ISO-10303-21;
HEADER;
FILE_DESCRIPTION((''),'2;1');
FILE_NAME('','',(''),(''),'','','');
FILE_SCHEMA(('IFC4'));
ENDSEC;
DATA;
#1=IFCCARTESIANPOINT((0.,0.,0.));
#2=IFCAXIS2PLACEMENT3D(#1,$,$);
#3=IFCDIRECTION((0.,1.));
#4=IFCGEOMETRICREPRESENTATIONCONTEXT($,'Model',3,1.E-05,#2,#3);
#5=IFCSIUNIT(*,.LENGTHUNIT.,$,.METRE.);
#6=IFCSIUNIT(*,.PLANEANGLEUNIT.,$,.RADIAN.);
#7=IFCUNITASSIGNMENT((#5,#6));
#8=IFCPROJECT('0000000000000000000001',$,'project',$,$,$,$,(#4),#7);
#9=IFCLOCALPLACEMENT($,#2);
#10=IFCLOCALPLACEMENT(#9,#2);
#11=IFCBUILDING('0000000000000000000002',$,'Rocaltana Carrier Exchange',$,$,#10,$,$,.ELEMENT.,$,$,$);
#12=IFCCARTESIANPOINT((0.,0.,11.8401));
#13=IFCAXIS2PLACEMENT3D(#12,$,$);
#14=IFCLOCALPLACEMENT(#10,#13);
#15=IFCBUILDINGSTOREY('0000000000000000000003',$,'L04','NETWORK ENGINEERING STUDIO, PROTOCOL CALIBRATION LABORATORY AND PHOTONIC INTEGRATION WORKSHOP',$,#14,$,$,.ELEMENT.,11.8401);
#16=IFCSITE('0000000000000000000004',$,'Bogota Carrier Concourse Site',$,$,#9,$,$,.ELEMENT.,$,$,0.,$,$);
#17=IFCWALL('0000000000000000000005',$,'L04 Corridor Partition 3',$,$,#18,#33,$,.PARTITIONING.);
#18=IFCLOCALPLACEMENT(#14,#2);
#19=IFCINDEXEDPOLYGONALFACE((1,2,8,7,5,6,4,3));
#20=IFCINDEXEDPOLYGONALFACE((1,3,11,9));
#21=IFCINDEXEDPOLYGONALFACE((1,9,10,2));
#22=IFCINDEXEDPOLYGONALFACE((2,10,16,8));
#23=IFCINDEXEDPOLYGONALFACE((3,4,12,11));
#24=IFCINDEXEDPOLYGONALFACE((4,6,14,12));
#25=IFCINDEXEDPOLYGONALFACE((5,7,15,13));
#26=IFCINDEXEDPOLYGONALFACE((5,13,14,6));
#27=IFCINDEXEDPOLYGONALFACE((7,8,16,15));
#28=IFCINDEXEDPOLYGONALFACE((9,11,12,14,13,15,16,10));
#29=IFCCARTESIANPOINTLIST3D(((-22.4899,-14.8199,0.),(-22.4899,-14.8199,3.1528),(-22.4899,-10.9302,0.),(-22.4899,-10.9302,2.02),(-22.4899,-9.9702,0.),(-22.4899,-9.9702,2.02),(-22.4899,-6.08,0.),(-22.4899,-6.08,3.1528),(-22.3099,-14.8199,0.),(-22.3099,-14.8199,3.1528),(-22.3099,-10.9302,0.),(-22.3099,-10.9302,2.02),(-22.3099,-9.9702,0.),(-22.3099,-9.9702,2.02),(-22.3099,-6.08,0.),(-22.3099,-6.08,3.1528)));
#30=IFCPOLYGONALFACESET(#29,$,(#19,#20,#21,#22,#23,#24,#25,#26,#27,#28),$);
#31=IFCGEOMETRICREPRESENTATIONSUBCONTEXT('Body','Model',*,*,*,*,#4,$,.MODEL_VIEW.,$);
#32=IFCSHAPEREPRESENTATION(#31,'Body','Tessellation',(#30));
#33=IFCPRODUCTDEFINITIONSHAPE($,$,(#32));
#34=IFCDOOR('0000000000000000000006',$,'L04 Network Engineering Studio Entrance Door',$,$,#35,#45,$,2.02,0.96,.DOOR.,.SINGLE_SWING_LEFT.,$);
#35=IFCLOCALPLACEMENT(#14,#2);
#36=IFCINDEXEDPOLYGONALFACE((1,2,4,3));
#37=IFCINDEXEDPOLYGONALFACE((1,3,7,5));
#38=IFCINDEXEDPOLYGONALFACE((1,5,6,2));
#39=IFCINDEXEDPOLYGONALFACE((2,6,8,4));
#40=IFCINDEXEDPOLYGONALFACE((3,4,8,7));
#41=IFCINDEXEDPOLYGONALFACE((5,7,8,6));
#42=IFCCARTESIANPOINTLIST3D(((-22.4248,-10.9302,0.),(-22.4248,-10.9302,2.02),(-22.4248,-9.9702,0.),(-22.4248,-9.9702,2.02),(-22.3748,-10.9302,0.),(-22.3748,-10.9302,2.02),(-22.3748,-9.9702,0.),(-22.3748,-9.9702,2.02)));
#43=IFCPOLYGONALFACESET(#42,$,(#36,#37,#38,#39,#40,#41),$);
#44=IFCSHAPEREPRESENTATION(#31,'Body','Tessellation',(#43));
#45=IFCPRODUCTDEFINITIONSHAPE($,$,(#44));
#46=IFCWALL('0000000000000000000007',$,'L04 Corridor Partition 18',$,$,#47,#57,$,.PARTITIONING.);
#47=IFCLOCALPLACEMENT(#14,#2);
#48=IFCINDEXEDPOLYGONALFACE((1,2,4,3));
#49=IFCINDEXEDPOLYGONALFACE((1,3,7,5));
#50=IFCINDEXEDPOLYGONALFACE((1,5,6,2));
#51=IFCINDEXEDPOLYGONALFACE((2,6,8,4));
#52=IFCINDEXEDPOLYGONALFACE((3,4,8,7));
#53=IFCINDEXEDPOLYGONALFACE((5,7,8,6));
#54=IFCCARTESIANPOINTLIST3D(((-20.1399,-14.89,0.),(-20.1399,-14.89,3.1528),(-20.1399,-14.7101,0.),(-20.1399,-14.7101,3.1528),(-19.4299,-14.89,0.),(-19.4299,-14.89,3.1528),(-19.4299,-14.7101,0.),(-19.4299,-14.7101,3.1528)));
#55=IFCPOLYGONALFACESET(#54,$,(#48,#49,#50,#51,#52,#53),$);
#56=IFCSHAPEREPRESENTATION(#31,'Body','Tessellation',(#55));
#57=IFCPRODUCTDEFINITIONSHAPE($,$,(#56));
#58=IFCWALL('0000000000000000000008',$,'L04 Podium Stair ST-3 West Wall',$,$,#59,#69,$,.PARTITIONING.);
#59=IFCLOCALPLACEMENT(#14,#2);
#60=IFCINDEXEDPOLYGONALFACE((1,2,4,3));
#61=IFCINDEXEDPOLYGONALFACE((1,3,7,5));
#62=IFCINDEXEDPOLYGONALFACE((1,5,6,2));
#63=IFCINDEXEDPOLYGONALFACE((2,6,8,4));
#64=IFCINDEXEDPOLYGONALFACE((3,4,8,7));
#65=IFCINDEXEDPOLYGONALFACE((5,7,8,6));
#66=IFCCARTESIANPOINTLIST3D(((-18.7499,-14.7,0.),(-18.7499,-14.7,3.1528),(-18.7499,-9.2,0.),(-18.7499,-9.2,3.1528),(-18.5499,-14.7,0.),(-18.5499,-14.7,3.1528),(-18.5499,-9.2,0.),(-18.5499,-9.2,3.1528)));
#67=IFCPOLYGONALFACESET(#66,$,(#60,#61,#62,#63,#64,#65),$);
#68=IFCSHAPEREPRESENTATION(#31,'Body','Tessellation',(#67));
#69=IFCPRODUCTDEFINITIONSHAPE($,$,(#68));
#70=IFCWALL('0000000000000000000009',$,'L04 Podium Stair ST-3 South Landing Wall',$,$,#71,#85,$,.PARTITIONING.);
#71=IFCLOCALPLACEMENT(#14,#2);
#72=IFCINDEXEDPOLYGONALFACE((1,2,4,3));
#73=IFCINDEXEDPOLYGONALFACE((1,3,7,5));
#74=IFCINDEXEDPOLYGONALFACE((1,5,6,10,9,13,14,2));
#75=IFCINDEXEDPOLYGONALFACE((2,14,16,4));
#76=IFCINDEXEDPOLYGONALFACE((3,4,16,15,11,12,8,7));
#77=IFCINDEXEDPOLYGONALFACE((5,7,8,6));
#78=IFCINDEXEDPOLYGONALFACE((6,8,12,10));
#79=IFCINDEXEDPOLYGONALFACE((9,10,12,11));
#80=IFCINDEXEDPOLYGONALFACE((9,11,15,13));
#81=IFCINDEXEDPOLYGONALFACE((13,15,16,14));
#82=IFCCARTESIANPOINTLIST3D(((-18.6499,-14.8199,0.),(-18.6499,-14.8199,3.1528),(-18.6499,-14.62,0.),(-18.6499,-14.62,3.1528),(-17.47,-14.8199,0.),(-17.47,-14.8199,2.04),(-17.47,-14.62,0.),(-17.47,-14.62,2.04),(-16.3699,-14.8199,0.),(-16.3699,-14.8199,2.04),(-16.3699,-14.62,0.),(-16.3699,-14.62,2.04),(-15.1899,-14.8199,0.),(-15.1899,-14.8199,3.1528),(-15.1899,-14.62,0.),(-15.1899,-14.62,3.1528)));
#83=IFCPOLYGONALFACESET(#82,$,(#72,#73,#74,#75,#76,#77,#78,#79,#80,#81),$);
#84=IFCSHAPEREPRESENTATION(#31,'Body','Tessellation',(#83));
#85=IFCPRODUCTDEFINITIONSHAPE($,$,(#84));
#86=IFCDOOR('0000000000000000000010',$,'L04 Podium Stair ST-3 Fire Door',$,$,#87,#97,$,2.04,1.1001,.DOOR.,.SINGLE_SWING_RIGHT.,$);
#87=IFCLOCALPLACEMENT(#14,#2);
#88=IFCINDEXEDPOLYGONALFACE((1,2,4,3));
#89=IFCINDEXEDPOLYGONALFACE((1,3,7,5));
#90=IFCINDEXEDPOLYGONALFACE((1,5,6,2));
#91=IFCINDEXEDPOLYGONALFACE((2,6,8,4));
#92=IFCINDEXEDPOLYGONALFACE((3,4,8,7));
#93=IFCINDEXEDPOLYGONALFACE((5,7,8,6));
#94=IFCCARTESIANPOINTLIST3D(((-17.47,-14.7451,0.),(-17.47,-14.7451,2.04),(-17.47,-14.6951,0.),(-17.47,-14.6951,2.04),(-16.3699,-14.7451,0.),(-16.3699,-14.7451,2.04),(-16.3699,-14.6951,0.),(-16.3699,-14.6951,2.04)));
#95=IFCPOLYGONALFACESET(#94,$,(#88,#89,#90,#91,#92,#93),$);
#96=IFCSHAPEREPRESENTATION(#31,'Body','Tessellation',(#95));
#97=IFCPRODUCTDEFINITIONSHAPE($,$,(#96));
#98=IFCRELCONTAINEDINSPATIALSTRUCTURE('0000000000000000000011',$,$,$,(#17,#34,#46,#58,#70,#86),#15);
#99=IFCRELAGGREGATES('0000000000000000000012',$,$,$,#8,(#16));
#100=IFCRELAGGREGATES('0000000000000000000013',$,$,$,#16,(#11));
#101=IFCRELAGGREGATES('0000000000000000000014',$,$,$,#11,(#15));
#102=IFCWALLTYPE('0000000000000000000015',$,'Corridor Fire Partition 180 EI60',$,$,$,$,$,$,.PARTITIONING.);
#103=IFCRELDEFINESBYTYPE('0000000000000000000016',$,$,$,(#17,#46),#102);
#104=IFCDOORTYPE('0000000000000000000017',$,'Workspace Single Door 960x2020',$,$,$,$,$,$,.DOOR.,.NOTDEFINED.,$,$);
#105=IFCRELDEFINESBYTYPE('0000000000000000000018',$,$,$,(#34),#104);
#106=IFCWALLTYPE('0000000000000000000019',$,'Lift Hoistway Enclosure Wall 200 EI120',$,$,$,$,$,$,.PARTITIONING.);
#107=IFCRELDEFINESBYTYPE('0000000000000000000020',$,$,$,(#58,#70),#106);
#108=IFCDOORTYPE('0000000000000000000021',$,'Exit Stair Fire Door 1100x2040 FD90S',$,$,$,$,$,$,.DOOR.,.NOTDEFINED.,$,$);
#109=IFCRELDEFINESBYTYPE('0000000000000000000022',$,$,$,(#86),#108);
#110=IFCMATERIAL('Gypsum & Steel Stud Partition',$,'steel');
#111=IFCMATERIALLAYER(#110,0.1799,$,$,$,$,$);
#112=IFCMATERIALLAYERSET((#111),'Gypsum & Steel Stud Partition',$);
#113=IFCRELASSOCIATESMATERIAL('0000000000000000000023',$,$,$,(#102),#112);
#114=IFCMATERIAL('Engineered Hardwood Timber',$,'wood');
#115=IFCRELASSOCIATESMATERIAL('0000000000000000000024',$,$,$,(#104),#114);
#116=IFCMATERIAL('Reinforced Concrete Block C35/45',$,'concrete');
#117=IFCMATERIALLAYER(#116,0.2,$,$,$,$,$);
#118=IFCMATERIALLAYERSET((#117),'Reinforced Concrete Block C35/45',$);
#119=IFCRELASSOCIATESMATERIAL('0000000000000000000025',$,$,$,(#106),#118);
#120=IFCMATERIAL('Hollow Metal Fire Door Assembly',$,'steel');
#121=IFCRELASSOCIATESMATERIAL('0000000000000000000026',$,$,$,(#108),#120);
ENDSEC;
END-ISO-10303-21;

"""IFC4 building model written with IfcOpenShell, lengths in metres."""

from ifc_helpers import new_model, si_unit, direction, frame, frame_2d, origin, place, context, subcontext, project, spatial, rectangle, extrude, material, layer, layer_set, type_object, element, fill, save


model = new_model("IFC4")

# Units and contexts
model_context = context("Model", 3, precision=1e-05, world=origin(), true_north=direction((0.0, 1.0)))
body_context = subcontext(model_context, "Body", "Model", "MODEL_VIEW")
ifc_project = project(units=[si_unit("LENGTHUNIT", "METRE"), si_unit("PLANEANGLEUNIT", "RADIAN")], contexts=[model_context])

# Site, building, storey
site_placement = place(None, origin())
site = spatial("IfcSite", under=ifc_project, at=site_placement, Name="Bogota Carrier Concourse Site", CompositionType="ELEMENT", RefElevation=0.0)
building_placement = place(site_placement, origin())
building = spatial("IfcBuilding", under=site, at=building_placement, Name="Rocaltana Carrier Exchange", CompositionType="ELEMENT")
storey_placement = place(building_placement, frame((0.0, 0.0, 11.8401)))
storey = spatial("IfcBuildingStorey", under=building, at=storey_placement, Name="L04", Description="NETWORK ENGINEERING STUDIO, PROTOCOL CALIBRATION LABORATORY AND PHOTONIC INTEGRATION WORKSHOP", CompositionType="ELEMENT", Elevation=11.8401)

# Shared definitions
ifc_material_1 = material(Name="Gypsum & Steel Stud Partition", Category="steel")
ifc_layer_1 = layer(ifc_material_1, 0.1799)
ifc_layer_set_1 = layer_set([ifc_layer_1], Name="Gypsum & Steel Stud Partition")
wall_type_1 = type_object("IfcWallType", Name="Corridor Fire Partition 180 EI60", PredefinedType="PARTITIONING", material=ifc_layer_set_1)

# Wall, opening, door
wall_1_placement = place(storey_placement, frame((-22.3999, -14.8201, 0.0), z_axis=(0.0, 0.0, 1.0), x_axis=(0.0, 1.0, 0.0)))
wall_1 = element("IfcWall", 1, at=wall_1_placement, inside=storey, type_object=wall_type_1, Name="L04 Corridor Partition 3", PredefinedType="PARTITIONING", context=body_context, shape_type="SweptSolid", body=[
    extrude(rectangle(XDim=8.74, YDim=0.1799, at=frame_2d((4.3701, 0.0))), origin(), (0.0, 0.0, 1.0), 3.1528),
])
opening_1_placement = place(wall_1_placement, frame((3.8899, 0.0, 0.0)))
opening_1 = element("IfcOpeningElement", 2, at=opening_1_placement, cuts=wall_1, PredefinedType="OPENING", context=body_context, shape_type="SweptSolid", body=[
    extrude(rectangle(XDim=0.96, YDim=2.02, at=frame_2d((0.48, 1.01))), frame((0.0, 0.0999, 0.0), z_axis=(0.0, -1.0, 0.0), x_axis=(1.0, 0.0, 0.0)), (0.0, 0.0, 1.0), 0.2),
])
ifc_material_2 = material(Name="Engineered Hardwood Timber", Category="wood")
door_type_1 = type_object("IfcDoorType", Name="Workspace Single Door 960x2020", OperationType="NOTDEFINED", PredefinedType="DOOR", material=ifc_material_2)
door_1_placement = place(opening_1_placement, origin())
door_1 = element("IfcDoor", 3, at=door_1_placement, inside=storey, type_object=door_type_1, Name="L04 Network Engineering Studio Entrance Door", OperationType="SINGLE_SWING_LEFT", OverallHeight=2.02, OverallWidth=0.96, PredefinedType="DOOR", context=body_context, shape_type="SweptSolid", body=[
    extrude(rectangle(XDim=0.96, YDim=2.02, at=frame_2d((0.48, 1.01))), frame((0.0, 0.0249, 0.0), z_axis=(0.0, -1.0, 0.0), x_axis=(1.0, 0.0, 0.0)), (0.0, 0.0, 1.0), 0.05),
])
fill(opening_1, door_1)

# Walls
wall_2_placement = place(storey_placement, frame((-20.1399, -14.8, 0.0), z_axis=(0.0, 0.0, 1.0), x_axis=(1.0, 0.0, 0.0)))
element("IfcWall", 4, at=wall_2_placement, inside=storey, type_object=wall_type_1, Name="L04 Corridor Partition 18", PredefinedType="PARTITIONING", context=body_context, shape_type="SweptSolid", body=[
    extrude(rectangle(XDim=0.71, YDim=0.1799, at=frame_2d((0.355, 0.0))), origin(), (0.0, 0.0, 1.0), 3.1528),
])
ifc_material_3 = material(Name="Reinforced Concrete Block C35/45", Category="concrete")
ifc_layer_2 = layer(ifc_material_3, 0.2)
ifc_layer_set_2 = layer_set([ifc_layer_2], Name="Reinforced Concrete Block C35/45")
wall_type_2 = type_object("IfcWallType", Name="Lift Hoistway Enclosure Wall 200 EI120", PredefinedType="PARTITIONING", material=ifc_layer_set_2)
wall_3_placement = place(storey_placement, frame((-18.6499, -14.7, 0.0), z_axis=(0.0, 0.0, 1.0), x_axis=(0.0, 1.0, 0.0)))
element("IfcWall", 5, at=wall_3_placement, inside=storey, type_object=wall_type_2, Name="L04 Podium Stair ST-3 West Wall", PredefinedType="PARTITIONING", context=body_context, shape_type="SweptSolid", body=[
    extrude(rectangle(XDim=5.5, YDim=0.2, at=frame_2d((2.75, 0.0))), origin(), (0.0, 0.0, 1.0), 3.1528),
])

# Wall, opening, door
wall_4_placement = place(storey_placement, frame((-18.6499, -14.72, 0.0), z_axis=(0.0, 0.0, 1.0), x_axis=(1.0, 0.0, 0.0)))
wall_4 = element("IfcWall", 6, at=wall_4_placement, inside=storey, type_object=wall_type_2, Name="L04 Podium Stair ST-3 South Landing Wall", PredefinedType="PARTITIONING", context=body_context, shape_type="SweptSolid", body=[
    extrude(rectangle(XDim=3.46, YDim=0.2, at=frame_2d((1.73, 0.0))), origin(), (0.0, 0.0, 1.0), 3.1528),
])
opening_2_placement = place(wall_4_placement, frame((1.1799, 0.0, 0.0)))
opening_2 = element("IfcOpeningElement", 7, at=opening_2_placement, cuts=wall_4, PredefinedType="OPENING", context=body_context, shape_type="SweptSolid", body=[
    extrude(rectangle(XDim=1.1001, YDim=2.04, at=frame_2d((0.55, 1.02))), frame((0.0, 0.1099, 0.0), z_axis=(0.0, -1.0, 0.0), x_axis=(1.0, 0.0, 0.0)), (0.0, 0.0, 1.0), 0.22),
])
ifc_material_4 = material(Name="Hollow Metal Fire Door Assembly", Category="steel")
door_type_2 = type_object("IfcDoorType", Name="Exit Stair Fire Door 1100x2040 FD90S", OperationType="NOTDEFINED", PredefinedType="DOOR", material=ifc_material_4)
door_2_placement = place(opening_2_placement, origin())
door_2 = element("IfcDoor", 8, at=door_2_placement, inside=storey, type_object=door_type_2, Name="L04 Podium Stair ST-3 Fire Door", OperationType="SINGLE_SWING_RIGHT", OverallHeight=2.04, OverallWidth=1.1001, PredefinedType="DOOR", context=body_context, shape_type="SweptSolid", body=[
    extrude(rectangle(XDim=1.1001, YDim=2.04, at=frame_2d((0.55, 1.02))), frame((0.0, 0.0249, 0.0), z_axis=(0.0, -1.0, 0.0), x_axis=(1.0, 0.0, 0.0)), (0.0, 0.0, 1.0), 0.05),
])
fill(opening_2, door_2)

save(model, "model.ifc")
